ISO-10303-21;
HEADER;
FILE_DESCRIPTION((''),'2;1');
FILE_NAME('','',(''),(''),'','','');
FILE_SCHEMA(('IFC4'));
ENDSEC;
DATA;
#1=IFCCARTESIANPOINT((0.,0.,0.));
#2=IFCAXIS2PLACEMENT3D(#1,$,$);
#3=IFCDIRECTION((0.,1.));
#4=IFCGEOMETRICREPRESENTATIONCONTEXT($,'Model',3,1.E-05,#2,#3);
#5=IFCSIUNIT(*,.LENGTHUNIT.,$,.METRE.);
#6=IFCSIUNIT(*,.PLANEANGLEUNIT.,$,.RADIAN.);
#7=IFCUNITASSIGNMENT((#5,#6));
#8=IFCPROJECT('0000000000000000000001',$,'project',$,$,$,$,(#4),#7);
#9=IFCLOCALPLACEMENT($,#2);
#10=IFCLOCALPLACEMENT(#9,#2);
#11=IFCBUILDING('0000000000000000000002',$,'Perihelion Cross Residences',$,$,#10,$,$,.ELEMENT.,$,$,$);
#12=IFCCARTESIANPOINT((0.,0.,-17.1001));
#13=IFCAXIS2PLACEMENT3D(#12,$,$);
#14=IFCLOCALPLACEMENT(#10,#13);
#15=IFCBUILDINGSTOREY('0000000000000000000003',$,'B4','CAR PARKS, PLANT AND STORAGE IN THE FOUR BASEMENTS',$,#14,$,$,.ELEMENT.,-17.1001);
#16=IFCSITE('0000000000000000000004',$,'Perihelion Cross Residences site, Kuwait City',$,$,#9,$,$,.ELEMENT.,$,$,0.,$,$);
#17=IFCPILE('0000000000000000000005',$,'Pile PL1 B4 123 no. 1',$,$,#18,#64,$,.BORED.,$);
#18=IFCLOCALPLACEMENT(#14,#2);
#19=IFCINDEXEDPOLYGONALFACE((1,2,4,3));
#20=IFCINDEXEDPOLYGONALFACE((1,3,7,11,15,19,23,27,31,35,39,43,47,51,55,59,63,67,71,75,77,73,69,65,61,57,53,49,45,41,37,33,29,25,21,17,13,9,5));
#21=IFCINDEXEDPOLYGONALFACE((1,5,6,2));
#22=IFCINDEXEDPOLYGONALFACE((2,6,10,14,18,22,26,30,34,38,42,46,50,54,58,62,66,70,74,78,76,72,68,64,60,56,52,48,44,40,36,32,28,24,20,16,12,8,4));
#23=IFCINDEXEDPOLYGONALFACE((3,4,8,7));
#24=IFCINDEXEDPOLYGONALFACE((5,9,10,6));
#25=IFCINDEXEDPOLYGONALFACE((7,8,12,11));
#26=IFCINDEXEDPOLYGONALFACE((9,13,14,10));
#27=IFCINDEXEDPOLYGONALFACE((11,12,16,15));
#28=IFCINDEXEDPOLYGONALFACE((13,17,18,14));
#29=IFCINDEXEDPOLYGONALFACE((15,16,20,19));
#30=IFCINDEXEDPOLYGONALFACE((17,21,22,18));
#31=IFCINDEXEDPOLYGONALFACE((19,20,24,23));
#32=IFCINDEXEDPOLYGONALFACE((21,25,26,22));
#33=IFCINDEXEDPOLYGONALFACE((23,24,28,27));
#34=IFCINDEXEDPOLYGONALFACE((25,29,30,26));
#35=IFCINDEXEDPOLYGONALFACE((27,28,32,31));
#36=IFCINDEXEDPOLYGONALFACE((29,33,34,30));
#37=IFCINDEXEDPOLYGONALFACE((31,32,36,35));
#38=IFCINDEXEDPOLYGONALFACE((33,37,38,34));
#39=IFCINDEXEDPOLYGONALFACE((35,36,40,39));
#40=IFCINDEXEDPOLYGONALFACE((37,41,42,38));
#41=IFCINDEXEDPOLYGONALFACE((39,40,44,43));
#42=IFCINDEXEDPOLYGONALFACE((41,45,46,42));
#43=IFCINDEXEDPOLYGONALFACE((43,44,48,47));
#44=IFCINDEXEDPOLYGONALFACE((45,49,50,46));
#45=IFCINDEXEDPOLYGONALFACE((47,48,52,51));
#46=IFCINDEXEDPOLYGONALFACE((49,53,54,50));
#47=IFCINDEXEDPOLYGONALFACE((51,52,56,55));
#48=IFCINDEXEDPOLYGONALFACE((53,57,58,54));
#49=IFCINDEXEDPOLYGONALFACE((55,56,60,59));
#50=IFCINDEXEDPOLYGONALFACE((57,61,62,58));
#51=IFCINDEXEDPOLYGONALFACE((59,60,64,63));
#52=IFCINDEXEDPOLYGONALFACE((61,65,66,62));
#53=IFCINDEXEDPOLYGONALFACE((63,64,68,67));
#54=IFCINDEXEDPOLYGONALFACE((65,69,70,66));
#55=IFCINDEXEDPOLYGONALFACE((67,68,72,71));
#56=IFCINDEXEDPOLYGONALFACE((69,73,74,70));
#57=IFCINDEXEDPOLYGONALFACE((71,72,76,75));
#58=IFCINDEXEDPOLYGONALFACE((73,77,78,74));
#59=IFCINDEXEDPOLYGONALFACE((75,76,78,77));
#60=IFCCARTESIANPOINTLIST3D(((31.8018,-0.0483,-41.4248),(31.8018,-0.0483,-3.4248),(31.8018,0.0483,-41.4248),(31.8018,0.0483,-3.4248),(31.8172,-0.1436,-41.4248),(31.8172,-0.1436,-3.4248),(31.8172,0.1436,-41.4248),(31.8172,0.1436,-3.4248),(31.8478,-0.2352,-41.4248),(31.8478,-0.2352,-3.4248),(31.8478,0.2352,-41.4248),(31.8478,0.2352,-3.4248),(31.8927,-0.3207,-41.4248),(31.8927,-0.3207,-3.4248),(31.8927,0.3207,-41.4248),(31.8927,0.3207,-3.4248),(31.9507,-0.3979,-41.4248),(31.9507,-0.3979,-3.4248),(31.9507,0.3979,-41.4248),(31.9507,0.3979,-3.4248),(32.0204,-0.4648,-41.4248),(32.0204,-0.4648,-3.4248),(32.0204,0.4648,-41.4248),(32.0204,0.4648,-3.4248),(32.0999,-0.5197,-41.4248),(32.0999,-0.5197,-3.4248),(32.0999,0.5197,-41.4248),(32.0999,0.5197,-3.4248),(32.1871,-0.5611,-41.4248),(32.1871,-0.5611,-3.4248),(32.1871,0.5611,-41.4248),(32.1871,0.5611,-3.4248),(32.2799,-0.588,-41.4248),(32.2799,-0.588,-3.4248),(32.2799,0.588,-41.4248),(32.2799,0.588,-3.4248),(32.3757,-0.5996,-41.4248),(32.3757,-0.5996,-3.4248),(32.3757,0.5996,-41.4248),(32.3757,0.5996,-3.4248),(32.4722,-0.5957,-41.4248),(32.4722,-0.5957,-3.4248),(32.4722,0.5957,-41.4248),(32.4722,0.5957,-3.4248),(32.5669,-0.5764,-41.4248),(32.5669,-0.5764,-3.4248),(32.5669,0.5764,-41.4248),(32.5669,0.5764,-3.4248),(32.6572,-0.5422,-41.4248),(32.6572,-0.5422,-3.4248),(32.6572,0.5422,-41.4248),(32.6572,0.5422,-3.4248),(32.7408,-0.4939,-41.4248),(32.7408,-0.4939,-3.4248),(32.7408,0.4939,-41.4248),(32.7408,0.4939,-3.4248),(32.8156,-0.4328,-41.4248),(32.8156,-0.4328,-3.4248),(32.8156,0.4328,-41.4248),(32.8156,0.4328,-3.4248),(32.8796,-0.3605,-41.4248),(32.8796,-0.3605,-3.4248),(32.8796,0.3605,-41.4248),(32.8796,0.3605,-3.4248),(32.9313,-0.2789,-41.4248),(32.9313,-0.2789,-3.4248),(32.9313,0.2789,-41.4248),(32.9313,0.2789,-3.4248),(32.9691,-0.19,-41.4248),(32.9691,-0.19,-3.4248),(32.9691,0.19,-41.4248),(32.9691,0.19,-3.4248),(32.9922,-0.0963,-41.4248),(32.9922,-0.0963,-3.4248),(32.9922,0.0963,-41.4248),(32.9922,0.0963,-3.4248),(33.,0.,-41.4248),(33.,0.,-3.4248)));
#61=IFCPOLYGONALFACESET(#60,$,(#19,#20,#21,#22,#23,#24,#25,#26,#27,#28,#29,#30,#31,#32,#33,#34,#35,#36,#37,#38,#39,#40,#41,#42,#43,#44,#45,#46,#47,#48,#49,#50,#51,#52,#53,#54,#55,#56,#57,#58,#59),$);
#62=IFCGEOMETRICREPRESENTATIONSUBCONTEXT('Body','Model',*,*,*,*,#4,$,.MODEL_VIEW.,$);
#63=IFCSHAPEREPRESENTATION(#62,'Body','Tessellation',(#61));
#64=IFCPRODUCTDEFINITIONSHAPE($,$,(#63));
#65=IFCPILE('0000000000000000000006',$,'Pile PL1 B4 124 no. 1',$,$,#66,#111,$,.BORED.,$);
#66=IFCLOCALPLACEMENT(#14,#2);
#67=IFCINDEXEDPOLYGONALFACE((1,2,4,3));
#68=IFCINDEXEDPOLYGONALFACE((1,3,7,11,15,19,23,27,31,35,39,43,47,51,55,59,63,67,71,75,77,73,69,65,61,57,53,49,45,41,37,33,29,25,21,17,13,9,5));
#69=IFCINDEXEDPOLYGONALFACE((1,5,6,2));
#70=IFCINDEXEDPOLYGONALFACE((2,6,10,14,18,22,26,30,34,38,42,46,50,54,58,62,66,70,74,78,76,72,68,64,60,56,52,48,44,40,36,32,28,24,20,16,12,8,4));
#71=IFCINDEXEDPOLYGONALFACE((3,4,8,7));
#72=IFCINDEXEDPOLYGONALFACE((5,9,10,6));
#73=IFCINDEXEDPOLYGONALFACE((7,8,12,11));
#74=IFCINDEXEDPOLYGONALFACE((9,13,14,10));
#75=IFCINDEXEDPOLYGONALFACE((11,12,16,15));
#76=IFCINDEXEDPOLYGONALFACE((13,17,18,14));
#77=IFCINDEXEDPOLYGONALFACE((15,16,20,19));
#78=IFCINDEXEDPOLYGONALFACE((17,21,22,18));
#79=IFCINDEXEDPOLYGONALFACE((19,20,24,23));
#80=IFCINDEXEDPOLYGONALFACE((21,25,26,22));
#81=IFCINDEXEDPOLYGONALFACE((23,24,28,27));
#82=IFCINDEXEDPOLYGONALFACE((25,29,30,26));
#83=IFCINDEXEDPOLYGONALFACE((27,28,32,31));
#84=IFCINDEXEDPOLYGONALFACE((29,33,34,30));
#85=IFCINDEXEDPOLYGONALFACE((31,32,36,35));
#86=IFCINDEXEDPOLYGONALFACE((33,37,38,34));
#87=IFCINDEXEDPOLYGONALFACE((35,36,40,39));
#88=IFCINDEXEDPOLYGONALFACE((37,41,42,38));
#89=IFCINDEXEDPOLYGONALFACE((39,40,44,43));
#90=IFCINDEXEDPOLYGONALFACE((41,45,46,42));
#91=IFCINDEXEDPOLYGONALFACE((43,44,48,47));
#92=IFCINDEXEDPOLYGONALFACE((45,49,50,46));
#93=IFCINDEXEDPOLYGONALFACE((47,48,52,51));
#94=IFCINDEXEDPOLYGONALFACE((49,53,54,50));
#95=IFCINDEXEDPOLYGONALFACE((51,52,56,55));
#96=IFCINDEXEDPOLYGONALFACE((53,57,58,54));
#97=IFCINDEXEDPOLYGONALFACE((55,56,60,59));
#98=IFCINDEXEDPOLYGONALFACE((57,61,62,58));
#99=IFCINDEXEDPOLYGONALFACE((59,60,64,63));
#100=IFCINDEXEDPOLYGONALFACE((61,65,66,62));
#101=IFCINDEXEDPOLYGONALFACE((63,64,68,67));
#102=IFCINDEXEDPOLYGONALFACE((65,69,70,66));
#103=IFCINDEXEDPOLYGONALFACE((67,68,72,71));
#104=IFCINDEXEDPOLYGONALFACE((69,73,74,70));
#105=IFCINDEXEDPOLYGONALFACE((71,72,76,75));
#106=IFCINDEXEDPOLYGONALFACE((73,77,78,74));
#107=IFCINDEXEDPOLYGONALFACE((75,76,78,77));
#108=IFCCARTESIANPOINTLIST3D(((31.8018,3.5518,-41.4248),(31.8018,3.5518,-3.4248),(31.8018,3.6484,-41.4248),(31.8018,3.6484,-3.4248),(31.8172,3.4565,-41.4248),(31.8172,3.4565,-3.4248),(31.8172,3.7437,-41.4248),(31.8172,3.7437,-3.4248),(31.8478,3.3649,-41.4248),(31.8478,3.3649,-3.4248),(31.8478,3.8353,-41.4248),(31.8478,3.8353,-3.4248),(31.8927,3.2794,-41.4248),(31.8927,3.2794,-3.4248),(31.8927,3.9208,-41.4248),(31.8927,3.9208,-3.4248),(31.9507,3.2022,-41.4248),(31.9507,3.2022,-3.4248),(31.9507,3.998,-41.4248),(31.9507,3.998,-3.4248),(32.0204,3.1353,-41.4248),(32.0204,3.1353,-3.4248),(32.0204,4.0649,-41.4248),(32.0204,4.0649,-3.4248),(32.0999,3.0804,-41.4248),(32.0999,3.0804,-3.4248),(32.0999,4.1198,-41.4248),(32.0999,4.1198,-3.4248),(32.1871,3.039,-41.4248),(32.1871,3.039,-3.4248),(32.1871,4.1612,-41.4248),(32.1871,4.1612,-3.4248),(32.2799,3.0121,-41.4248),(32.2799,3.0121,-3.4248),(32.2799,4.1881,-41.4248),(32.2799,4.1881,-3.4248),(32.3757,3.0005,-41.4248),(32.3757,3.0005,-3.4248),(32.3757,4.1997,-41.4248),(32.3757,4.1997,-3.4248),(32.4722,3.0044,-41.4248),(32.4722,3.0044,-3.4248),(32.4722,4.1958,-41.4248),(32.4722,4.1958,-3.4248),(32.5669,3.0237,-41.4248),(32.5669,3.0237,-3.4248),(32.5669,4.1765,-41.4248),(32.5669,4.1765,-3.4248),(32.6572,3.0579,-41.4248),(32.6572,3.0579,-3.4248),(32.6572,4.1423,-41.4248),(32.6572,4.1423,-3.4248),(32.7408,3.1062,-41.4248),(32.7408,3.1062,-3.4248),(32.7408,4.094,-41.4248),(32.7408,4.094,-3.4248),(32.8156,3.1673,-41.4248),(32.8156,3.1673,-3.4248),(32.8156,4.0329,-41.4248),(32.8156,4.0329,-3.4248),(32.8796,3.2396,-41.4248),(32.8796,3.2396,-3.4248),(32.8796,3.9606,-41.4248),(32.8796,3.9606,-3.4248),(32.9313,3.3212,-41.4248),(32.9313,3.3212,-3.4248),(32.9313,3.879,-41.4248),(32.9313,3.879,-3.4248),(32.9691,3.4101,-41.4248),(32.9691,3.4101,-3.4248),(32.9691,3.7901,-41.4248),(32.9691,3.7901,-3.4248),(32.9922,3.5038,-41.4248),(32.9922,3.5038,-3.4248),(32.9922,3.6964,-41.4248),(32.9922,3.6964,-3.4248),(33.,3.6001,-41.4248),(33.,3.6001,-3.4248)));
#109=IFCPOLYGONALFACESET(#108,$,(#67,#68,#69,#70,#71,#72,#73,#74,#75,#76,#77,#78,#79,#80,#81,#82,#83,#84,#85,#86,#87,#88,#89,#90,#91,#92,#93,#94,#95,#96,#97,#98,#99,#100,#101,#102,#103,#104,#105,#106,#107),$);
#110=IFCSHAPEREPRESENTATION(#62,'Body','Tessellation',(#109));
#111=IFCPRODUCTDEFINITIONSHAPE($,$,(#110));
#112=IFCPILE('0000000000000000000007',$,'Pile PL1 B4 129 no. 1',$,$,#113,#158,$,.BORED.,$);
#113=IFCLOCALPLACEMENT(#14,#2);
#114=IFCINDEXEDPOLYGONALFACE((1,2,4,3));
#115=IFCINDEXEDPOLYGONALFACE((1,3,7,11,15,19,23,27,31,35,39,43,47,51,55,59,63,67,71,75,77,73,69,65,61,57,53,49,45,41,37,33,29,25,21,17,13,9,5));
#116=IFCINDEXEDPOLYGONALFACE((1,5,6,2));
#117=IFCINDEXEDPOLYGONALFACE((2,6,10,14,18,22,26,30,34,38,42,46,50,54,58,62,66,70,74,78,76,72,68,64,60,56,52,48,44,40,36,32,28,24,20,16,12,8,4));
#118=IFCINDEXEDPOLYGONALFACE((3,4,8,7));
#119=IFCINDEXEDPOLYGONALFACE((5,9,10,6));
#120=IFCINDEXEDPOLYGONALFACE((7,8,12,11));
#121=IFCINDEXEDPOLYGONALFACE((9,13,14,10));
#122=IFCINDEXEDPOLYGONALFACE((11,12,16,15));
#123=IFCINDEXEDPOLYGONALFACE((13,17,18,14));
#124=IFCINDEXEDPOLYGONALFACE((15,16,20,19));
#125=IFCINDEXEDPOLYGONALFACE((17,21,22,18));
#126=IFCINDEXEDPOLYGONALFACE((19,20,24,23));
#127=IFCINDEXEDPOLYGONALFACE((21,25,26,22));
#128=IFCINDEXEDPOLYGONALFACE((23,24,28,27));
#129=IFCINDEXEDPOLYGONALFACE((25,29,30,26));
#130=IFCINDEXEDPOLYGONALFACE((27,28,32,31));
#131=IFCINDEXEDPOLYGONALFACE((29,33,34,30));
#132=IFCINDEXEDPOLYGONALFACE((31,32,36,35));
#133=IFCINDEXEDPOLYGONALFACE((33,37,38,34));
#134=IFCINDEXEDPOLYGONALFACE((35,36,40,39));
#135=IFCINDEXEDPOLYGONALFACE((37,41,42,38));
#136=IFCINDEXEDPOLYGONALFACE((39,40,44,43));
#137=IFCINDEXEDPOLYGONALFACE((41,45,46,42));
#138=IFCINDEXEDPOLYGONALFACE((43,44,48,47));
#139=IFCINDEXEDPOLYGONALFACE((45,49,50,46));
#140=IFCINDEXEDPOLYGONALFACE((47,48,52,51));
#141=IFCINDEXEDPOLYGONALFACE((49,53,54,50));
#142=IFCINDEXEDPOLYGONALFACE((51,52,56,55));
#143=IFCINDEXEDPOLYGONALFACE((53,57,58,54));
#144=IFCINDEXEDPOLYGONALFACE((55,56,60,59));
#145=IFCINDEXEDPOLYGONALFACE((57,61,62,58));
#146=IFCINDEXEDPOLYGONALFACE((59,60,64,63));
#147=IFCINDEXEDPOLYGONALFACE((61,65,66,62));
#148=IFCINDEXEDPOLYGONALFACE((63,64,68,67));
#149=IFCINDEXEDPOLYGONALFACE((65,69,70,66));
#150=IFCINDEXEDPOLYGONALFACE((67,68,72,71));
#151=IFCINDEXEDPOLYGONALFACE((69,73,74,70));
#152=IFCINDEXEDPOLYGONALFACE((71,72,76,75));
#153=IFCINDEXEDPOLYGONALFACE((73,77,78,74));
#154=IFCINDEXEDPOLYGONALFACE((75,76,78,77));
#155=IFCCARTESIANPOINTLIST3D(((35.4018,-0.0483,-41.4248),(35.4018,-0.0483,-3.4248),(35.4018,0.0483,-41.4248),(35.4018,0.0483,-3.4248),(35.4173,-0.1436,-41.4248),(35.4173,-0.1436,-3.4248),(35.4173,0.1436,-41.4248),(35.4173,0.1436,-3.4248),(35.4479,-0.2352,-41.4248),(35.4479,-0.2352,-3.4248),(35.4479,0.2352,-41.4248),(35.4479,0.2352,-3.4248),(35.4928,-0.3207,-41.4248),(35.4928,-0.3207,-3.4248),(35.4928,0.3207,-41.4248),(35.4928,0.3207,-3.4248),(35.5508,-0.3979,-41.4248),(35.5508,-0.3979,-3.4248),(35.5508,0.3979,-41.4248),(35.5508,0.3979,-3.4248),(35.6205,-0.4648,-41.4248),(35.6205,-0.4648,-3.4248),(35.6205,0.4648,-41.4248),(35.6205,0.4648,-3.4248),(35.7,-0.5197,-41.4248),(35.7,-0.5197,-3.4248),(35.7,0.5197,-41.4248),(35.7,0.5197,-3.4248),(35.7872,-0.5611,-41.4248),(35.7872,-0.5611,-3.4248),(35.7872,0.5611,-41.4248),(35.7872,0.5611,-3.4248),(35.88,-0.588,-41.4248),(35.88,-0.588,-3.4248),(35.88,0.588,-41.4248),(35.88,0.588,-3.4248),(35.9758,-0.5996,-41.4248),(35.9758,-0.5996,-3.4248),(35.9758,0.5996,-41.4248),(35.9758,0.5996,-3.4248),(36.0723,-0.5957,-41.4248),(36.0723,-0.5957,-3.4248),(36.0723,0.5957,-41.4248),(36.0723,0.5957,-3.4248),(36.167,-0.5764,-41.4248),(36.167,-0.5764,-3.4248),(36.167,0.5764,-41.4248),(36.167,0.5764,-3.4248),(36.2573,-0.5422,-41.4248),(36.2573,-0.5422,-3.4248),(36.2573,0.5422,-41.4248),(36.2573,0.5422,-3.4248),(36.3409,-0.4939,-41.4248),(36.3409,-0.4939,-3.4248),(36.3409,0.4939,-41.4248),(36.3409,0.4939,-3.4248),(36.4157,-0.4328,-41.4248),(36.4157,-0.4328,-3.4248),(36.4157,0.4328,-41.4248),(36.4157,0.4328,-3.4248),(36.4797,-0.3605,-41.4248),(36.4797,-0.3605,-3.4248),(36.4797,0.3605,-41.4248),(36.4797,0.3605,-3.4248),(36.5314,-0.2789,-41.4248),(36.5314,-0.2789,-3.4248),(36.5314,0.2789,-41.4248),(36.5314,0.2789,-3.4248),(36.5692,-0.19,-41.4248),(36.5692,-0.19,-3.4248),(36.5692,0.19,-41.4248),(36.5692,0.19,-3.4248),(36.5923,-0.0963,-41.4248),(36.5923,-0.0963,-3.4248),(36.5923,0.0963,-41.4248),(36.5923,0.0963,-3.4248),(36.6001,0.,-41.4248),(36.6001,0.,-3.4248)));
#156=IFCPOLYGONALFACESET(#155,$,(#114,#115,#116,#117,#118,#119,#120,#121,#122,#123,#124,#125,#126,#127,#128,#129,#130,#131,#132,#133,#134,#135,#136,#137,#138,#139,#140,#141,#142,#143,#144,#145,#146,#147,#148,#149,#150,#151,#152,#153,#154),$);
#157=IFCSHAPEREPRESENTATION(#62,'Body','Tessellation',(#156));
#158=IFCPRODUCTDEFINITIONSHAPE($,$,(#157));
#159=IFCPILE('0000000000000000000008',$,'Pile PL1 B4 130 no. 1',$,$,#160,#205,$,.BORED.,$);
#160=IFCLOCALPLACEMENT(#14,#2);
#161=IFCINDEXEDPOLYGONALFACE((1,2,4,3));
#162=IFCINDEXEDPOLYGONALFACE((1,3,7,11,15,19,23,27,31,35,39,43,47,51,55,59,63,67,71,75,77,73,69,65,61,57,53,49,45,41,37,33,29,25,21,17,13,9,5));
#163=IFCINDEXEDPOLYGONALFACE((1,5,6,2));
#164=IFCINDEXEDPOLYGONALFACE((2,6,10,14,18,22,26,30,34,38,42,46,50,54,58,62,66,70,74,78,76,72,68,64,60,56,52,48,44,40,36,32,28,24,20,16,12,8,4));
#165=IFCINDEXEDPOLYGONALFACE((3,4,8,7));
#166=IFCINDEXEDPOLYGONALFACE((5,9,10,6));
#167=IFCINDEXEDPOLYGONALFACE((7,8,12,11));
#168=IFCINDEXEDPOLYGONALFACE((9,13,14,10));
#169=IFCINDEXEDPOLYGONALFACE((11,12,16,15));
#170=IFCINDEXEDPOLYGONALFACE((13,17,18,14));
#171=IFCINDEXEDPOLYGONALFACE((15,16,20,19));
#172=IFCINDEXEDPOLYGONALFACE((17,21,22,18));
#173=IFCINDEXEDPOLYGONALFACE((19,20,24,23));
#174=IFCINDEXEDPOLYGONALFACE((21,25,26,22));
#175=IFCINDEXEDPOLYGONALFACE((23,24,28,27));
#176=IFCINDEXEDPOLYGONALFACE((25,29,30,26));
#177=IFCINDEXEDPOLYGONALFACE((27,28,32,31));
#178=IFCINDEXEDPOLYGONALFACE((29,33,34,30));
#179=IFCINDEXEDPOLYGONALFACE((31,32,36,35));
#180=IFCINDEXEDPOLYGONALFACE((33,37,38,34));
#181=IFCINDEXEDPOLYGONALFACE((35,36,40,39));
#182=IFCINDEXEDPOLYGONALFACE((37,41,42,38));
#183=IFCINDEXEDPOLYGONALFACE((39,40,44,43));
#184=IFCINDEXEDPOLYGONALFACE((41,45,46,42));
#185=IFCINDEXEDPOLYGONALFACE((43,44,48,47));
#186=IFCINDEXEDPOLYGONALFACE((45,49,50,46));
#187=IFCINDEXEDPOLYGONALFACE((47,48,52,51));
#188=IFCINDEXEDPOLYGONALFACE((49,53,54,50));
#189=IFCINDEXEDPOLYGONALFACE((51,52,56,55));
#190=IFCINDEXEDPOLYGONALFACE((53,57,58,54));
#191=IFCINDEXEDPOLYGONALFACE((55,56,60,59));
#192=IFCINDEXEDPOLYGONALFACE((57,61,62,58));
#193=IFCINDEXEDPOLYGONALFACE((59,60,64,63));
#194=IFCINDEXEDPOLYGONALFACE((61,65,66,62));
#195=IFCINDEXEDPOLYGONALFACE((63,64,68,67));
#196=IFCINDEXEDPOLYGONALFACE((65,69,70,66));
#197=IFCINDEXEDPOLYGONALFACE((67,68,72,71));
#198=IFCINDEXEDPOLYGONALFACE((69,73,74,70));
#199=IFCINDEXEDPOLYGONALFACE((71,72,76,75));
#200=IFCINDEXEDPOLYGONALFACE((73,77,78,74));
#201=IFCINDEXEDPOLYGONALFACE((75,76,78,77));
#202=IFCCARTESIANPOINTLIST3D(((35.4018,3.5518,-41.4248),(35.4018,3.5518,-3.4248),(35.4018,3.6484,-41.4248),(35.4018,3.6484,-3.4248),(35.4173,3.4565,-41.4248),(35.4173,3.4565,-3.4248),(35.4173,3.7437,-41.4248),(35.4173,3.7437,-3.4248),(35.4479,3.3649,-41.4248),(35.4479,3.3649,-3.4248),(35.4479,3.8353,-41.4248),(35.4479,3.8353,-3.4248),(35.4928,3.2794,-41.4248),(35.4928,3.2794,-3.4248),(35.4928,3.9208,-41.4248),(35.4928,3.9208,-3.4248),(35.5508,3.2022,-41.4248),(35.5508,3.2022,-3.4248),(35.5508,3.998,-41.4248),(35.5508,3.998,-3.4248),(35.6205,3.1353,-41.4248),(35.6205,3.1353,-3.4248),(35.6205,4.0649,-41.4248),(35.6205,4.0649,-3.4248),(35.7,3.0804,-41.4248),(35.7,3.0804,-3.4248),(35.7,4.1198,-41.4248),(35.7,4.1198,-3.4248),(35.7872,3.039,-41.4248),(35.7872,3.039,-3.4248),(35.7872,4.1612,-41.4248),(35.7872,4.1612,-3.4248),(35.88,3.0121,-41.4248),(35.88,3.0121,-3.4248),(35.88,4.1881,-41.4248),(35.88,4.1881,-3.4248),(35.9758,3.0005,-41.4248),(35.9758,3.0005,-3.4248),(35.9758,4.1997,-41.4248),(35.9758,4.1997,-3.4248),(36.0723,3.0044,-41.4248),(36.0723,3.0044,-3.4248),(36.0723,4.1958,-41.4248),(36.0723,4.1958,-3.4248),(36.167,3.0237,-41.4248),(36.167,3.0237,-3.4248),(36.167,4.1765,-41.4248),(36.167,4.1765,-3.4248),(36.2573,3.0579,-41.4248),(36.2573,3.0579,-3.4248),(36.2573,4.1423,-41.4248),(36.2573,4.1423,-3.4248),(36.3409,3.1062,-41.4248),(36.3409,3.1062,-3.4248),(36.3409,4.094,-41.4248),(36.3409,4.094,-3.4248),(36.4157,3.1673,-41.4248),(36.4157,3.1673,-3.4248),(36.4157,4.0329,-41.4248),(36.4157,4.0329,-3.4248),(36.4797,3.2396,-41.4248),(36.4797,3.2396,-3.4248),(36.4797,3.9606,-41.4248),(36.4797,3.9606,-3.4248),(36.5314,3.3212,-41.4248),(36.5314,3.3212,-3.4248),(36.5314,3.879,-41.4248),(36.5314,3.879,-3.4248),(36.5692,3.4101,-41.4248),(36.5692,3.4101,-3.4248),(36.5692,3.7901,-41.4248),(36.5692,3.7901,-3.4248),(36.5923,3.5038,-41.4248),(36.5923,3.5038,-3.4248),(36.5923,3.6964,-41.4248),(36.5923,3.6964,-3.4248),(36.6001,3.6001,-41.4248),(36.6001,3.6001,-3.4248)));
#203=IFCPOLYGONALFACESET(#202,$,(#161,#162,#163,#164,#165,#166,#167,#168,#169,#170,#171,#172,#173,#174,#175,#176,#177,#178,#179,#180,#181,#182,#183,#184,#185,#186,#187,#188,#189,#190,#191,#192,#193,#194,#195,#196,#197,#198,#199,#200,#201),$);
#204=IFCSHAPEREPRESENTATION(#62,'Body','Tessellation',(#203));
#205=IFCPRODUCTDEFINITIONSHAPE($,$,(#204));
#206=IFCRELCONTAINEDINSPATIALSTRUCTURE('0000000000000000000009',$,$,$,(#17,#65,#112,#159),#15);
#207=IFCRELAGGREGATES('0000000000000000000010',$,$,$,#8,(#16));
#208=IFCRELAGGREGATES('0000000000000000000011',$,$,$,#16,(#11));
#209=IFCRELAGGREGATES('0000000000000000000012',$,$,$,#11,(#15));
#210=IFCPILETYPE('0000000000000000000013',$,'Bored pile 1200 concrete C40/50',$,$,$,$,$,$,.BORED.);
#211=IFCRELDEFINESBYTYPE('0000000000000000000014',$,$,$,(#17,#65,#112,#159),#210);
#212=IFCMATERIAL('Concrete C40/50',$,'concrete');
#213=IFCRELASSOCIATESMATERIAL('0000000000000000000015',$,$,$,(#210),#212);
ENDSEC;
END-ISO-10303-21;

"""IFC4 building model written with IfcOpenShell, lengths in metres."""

from ifc_helpers import new_model, si_unit, direction, frame, origin, origin_2d, place, context, subcontext, project, spatial, circle, extrude, material, type_object, element, save


model = new_model("IFC4")

# Units and contexts
model_context = context("Model", 3, precision=1e-05, world=origin(), true_north=direction((0.0, 1.0)))
body_context = subcontext(model_context, "Body", "Model", "MODEL_VIEW")
ifc_project = project(units=[si_unit("LENGTHUNIT", "METRE"), si_unit("PLANEANGLEUNIT", "RADIAN")], contexts=[model_context])

# Site, building, storey
site_placement = place(None, origin())
site = spatial("IfcSite", under=ifc_project, at=site_placement, Name="Perihelion Cross Residences site, Kuwait City", CompositionType="ELEMENT", RefElevation=0.0)
building_placement = place(site_placement, origin())
building = spatial("IfcBuilding", under=site, at=building_placement, Name="Perihelion Cross Residences", CompositionType="ELEMENT")
storey_placement = place(building_placement, frame((0.0, 0.0, -17.1001)))
storey = spatial("IfcBuildingStorey", under=building, at=storey_placement, Name="B4", Description="CAR PARKS, PLANT AND STORAGE IN THE FOUR BASEMENTS", CompositionType="ELEMENT", Elevation=-17.1001)

# Piles
ifc_material_1 = material(Name="Concrete C40/50", Category="concrete")
pile_type = type_object("IfcPileType", Name="Bored pile 1200 concrete C40/50", PredefinedType="BORED", material=ifc_material_1)
for number, where, z_axis, x_axis, name in (
    (1, (32.3999, 0.0, -3.4248), (0.0, 0.0, -1.0), (1.0, 0.0, 0.0), "Pile PL1 B4 123 no. 1"),
    (2, (32.3999, 3.6001, -3.4248), (0.0, 0.0, -1.0), (1.0, 0.0, 0.0), "Pile PL1 B4 124 no. 1"),
    (3, (36.0, 0.0, -3.4248), (0.0, 0.0, -1.0), (1.0, 0.0, 0.0), "Pile PL1 B4 129 no. 1"),
    (4, (36.0, 3.6001, -3.4248), (0.0, 0.0, -1.0), (1.0, 0.0, 0.0), "Pile PL1 B4 130 no. 1"),
):
    element("IfcPile", number, at=place(storey_placement, frame(where, z_axis=z_axis, x_axis=x_axis)), inside=storey, type_object=pile_type, Name=name, PredefinedType="BORED", context=body_context, shape_type="SweptSolid", body=[
        extrude(circle(Radius=0.6001, at=origin_2d()), origin(), (0.0, 0.0, 1.0), 38.0),
    ])

save(model, "model.ifc")
